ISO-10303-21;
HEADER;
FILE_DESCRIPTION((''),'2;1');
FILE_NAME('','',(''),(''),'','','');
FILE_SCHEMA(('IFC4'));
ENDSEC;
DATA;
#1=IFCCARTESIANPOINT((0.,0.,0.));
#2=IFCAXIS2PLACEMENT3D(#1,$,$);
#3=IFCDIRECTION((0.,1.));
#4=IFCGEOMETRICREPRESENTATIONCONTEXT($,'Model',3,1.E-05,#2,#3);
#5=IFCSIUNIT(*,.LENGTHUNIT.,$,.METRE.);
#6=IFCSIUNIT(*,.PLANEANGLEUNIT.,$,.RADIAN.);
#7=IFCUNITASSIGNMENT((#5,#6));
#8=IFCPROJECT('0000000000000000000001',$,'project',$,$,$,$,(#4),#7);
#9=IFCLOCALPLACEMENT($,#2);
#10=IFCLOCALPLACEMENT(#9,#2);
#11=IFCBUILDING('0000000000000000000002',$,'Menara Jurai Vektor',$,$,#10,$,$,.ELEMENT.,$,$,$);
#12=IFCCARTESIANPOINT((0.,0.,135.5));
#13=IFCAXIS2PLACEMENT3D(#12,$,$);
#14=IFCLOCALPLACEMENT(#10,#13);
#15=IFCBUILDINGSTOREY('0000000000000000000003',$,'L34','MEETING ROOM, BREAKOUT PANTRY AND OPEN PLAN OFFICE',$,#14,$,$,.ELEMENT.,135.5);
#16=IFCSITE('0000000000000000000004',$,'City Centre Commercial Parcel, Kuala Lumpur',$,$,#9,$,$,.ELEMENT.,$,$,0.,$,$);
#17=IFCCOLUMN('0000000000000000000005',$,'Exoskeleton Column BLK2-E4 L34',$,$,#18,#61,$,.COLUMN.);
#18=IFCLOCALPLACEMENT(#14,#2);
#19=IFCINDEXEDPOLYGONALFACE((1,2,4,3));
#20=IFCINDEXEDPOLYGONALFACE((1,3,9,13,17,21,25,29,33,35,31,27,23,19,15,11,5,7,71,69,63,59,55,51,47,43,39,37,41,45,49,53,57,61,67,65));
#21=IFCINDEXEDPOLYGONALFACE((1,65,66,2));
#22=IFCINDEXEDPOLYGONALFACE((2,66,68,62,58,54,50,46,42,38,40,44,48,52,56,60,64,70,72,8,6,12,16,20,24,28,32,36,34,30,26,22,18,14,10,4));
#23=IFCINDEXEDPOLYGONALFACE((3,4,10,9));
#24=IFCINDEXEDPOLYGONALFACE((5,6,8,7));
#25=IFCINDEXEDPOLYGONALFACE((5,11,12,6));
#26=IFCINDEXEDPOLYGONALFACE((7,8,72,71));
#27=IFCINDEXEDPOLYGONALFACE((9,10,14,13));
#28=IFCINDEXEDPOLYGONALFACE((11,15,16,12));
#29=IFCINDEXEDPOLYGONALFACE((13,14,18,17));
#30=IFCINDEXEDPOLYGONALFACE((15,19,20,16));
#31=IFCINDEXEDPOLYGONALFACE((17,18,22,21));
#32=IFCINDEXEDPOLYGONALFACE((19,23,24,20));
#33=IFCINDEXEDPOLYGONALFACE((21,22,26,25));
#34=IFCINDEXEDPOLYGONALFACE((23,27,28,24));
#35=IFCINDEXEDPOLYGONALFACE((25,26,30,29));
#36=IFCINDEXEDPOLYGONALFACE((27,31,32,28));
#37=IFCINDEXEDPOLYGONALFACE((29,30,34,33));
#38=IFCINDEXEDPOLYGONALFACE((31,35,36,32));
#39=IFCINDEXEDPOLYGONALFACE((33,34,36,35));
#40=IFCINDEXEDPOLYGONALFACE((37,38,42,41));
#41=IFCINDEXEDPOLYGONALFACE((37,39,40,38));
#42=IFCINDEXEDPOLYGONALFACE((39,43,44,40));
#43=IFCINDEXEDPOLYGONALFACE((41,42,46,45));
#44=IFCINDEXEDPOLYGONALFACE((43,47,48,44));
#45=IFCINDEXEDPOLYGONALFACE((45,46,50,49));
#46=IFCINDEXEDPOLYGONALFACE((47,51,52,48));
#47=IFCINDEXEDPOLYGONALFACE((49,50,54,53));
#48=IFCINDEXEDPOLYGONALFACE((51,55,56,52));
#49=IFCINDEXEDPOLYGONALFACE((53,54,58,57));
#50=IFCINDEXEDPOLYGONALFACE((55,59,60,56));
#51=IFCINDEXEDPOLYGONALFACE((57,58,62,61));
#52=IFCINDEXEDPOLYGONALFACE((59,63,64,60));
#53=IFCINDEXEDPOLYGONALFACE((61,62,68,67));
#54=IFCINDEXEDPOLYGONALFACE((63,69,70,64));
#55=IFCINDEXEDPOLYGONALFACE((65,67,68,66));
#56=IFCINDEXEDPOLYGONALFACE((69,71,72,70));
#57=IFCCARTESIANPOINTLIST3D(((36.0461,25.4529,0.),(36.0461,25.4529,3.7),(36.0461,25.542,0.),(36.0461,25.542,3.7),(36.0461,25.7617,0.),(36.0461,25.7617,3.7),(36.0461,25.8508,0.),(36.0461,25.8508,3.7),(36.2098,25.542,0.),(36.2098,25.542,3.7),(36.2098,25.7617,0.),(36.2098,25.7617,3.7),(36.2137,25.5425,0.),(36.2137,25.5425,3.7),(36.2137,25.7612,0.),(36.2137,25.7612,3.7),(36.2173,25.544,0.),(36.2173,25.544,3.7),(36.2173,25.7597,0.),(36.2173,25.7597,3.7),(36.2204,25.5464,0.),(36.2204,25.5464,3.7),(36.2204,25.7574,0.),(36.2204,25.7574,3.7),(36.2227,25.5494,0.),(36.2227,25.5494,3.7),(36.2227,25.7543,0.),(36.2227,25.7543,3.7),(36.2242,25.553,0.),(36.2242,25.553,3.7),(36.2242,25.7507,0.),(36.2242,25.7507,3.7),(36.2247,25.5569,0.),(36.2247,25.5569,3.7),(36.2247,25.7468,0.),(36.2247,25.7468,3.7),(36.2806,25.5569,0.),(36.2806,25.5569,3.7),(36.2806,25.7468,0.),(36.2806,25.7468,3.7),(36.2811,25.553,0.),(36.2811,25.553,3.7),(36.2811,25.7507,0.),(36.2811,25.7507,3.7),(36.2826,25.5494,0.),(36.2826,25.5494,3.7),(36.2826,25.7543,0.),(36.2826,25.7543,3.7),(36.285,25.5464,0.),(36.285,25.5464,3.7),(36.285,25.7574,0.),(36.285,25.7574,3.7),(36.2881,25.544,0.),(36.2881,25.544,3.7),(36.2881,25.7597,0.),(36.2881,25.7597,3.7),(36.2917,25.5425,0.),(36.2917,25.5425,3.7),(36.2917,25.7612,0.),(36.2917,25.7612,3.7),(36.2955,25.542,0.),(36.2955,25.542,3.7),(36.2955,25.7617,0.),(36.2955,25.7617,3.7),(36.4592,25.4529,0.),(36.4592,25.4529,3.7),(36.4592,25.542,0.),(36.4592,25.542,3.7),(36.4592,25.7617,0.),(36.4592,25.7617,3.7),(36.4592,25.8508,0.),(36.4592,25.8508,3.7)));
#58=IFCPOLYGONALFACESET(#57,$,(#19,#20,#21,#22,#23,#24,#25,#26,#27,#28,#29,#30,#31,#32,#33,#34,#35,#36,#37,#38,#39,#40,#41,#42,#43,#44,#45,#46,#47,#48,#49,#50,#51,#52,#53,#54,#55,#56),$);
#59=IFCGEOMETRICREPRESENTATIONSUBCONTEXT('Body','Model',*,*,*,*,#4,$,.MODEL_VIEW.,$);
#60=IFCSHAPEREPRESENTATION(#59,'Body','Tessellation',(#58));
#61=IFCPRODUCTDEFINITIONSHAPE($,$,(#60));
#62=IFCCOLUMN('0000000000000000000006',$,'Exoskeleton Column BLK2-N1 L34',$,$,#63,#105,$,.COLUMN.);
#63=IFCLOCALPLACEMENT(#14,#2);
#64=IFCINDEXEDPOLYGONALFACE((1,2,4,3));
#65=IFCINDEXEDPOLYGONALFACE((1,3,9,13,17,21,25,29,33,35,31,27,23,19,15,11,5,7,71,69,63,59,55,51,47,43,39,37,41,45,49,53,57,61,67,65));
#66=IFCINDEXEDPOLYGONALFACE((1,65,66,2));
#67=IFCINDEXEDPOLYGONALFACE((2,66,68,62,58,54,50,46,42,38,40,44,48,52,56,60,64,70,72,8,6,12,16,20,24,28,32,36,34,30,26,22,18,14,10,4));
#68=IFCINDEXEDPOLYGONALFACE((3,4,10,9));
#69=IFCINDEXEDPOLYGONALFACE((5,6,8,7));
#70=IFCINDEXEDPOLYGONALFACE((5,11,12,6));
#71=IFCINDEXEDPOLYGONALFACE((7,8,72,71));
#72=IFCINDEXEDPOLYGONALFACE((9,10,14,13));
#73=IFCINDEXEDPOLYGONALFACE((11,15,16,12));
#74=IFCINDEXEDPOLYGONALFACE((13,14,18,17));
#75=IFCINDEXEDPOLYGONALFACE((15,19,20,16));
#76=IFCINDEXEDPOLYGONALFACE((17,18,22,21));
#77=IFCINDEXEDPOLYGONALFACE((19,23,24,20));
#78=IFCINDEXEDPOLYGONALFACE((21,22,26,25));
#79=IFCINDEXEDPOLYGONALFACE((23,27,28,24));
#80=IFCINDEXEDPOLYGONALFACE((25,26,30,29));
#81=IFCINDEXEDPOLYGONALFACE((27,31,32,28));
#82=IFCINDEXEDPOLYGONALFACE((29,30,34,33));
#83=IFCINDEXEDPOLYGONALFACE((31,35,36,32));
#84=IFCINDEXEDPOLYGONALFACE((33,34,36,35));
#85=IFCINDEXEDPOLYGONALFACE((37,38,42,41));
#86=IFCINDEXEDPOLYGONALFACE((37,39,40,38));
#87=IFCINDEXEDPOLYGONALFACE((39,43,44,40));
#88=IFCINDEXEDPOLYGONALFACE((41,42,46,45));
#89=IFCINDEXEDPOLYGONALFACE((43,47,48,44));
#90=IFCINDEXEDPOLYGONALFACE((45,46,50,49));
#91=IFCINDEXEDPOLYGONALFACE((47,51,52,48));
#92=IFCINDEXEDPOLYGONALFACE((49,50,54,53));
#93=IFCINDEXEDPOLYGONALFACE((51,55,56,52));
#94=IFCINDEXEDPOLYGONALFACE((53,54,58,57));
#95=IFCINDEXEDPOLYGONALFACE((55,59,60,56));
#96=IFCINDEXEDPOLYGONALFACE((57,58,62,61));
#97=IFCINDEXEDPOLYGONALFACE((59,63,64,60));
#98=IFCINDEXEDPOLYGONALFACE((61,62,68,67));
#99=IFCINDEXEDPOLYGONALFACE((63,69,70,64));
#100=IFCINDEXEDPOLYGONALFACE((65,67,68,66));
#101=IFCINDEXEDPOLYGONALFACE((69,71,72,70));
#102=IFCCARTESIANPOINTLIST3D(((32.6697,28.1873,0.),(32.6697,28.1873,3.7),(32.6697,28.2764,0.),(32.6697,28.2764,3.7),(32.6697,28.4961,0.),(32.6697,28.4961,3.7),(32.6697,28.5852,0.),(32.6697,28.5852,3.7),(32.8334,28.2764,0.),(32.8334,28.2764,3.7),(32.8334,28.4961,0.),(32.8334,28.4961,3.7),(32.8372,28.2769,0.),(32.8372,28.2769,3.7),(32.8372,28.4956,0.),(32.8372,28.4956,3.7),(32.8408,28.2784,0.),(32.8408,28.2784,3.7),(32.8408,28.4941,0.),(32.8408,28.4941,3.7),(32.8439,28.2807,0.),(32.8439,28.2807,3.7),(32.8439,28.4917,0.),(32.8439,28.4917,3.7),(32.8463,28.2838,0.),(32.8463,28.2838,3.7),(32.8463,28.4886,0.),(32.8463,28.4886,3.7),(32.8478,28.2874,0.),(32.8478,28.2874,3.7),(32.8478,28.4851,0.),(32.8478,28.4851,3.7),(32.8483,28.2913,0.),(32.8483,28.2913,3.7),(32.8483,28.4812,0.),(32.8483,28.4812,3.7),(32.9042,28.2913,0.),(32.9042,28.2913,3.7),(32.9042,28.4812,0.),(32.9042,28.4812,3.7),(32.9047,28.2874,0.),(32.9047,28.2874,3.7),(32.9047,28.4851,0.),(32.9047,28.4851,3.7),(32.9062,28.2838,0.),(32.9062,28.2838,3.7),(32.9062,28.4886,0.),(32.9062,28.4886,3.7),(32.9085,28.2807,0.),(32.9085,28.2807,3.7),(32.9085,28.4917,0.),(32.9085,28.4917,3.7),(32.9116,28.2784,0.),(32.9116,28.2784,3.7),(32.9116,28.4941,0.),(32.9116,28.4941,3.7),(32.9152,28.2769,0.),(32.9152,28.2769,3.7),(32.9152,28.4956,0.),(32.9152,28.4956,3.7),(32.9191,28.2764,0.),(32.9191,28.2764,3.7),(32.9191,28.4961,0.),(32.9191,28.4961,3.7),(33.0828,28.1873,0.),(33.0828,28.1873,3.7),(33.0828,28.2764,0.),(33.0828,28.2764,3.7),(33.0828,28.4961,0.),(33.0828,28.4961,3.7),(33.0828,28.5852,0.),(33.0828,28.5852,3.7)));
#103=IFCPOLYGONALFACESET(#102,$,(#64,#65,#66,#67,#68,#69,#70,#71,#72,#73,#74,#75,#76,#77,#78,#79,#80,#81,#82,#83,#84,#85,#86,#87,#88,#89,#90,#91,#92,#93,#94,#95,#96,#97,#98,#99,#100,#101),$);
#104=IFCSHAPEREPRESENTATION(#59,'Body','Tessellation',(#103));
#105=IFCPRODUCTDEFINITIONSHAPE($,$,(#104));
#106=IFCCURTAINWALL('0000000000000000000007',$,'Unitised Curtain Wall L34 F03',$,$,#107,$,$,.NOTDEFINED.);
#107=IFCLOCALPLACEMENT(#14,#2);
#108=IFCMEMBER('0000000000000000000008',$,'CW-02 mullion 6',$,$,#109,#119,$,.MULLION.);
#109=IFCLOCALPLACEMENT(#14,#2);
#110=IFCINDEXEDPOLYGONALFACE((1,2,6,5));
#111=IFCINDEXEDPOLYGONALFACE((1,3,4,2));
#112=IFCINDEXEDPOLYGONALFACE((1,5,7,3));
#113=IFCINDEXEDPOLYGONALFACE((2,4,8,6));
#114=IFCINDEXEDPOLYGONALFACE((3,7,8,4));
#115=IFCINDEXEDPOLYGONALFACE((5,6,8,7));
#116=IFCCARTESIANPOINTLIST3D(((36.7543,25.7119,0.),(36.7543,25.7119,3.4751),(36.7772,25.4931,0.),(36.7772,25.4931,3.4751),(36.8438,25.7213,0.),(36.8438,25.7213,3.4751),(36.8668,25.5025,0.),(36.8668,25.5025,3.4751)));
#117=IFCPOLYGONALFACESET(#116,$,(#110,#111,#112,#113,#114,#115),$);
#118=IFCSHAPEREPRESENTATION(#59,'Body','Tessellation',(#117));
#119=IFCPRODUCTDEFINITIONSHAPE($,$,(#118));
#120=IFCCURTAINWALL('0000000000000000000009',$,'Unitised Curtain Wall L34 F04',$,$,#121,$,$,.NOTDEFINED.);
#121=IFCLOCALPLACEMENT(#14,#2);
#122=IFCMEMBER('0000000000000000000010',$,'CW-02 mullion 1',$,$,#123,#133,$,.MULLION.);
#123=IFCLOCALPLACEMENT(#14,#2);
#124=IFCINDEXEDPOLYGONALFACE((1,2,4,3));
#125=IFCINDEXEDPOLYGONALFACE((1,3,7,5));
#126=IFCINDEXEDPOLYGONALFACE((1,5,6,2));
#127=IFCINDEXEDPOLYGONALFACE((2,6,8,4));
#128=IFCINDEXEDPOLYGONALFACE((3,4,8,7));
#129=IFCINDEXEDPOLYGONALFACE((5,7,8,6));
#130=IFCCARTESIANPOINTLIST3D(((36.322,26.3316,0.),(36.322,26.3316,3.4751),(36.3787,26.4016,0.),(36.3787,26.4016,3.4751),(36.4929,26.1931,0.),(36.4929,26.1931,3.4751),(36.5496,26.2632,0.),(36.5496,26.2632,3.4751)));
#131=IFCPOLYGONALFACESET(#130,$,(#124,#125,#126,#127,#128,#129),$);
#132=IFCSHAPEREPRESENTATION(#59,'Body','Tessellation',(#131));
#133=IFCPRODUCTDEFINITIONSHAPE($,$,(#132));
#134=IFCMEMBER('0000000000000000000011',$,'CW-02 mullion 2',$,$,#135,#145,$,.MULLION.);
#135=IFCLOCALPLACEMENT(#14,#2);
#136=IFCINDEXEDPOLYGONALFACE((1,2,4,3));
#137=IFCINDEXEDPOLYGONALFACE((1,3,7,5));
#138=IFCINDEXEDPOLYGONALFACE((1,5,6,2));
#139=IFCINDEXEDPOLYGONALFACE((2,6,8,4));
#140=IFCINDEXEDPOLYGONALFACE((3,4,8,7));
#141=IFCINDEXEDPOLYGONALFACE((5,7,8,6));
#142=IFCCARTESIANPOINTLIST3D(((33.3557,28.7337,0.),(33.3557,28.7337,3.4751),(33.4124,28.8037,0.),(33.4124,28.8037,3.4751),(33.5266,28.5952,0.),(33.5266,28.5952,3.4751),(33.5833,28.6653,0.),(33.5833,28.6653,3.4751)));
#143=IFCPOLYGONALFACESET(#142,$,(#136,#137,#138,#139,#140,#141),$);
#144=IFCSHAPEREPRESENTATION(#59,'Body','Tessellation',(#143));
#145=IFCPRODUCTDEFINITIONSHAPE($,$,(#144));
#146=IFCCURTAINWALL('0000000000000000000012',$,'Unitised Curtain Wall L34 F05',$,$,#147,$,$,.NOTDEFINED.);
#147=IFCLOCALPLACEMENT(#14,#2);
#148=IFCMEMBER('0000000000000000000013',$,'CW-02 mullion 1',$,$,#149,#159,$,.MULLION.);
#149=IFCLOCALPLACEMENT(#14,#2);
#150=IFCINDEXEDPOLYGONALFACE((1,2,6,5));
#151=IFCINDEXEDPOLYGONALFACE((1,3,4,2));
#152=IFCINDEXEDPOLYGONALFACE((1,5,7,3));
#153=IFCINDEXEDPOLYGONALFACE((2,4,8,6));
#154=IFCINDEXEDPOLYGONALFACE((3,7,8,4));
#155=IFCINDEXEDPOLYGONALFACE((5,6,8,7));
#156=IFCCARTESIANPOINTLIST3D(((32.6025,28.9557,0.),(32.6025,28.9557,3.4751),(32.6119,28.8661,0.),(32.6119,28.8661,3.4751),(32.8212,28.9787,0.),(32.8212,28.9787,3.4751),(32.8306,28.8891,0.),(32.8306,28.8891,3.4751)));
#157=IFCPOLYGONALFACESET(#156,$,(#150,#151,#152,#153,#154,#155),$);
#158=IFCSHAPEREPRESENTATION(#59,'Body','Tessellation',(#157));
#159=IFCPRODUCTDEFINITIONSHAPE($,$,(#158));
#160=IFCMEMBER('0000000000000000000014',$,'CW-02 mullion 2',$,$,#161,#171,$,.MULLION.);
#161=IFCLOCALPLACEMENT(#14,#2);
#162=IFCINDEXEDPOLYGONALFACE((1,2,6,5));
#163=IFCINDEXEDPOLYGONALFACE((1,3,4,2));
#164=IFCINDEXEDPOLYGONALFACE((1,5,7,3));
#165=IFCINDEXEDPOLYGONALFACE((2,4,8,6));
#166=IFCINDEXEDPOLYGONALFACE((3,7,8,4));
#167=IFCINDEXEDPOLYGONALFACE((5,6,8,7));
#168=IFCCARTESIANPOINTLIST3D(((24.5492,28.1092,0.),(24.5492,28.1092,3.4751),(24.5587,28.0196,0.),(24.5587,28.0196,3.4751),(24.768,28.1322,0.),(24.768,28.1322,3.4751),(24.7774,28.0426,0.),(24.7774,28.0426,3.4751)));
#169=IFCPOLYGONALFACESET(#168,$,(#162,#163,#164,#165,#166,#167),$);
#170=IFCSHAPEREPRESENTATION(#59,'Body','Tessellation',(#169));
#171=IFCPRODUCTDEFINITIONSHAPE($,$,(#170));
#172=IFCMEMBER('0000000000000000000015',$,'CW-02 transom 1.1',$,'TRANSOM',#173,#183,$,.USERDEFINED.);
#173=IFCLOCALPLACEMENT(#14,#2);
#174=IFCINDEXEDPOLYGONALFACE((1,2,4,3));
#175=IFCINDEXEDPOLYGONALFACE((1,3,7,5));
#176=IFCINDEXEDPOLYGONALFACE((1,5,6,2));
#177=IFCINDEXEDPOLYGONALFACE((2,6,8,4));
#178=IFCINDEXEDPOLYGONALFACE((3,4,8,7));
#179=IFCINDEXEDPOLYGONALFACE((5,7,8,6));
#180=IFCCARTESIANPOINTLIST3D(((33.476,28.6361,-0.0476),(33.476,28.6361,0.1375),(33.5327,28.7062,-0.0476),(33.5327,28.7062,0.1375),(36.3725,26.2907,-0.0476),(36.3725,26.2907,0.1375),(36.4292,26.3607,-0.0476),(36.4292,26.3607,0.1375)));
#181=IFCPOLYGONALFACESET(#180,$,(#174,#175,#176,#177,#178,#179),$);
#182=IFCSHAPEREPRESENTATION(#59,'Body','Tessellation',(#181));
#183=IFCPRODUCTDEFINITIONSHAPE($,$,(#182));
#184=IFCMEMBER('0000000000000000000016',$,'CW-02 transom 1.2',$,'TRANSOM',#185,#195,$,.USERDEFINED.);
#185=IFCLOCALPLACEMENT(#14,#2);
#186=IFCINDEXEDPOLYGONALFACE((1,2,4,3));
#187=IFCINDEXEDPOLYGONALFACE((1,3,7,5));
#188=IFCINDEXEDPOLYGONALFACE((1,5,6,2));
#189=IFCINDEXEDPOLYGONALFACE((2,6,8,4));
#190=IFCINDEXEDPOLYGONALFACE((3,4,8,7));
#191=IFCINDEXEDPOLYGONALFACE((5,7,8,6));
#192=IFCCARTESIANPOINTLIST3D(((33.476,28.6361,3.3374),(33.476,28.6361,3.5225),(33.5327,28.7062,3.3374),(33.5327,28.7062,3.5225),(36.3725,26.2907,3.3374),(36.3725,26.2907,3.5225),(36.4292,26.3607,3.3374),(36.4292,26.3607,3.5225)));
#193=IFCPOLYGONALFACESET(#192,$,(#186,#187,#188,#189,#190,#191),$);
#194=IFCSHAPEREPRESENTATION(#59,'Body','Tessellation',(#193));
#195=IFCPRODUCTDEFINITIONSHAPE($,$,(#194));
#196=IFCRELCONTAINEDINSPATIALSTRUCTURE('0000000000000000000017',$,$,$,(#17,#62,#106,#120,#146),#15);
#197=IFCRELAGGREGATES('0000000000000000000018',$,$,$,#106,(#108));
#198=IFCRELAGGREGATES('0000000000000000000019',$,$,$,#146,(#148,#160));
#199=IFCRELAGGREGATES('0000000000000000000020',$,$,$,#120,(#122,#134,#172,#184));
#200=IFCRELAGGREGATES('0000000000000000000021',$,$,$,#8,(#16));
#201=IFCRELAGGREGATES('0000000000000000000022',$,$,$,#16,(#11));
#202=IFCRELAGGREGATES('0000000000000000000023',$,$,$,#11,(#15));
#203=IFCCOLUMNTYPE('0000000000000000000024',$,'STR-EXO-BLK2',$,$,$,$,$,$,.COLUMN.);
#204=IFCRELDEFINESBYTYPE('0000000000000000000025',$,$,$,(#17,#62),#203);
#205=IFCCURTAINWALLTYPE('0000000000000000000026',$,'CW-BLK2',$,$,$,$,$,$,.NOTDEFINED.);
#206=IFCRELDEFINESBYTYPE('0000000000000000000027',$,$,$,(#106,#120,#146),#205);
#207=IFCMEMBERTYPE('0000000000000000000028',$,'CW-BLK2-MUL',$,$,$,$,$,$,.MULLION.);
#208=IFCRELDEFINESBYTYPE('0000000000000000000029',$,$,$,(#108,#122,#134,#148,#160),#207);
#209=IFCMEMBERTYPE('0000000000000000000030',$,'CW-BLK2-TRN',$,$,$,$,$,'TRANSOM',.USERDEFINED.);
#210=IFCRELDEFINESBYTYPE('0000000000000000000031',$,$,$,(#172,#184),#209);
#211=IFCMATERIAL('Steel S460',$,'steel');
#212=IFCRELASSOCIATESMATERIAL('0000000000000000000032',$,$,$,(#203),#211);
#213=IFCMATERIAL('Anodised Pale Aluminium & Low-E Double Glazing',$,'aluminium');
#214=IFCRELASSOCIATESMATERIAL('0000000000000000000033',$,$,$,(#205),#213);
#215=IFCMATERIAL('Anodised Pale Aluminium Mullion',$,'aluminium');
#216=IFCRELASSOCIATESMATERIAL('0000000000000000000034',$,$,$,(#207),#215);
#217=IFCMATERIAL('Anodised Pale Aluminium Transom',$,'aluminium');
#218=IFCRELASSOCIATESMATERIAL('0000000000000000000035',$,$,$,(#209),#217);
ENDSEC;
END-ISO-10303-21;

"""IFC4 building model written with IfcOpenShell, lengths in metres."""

from ifc_helpers import new_model, si_unit, direction, frame, origin, origin_2d, place, context, subcontext, project, spatial, rectangle, i_section, extrude, material, material_profile, profile_set, type_object, element, aggregate, save


model = new_model("IFC4")

# Units and contexts
model_context = context("Model", 3, precision=1e-05, world=origin(), true_north=direction((0.0, 1.0)))
body_context = subcontext(model_context, "Body", "Model", "MODEL_VIEW")
ifc_project = project(units=[si_unit("LENGTHUNIT", "METRE"), si_unit("PLANEANGLEUNIT", "RADIAN")], contexts=[model_context])

# Site, building, storey
site_placement = place(None, origin())
site = spatial("IfcSite", under=ifc_project, at=site_placement, Name="City Centre Commercial Parcel, Kuala Lumpur", CompositionType="ELEMENT", RefElevation=0.0)
building_placement = place(site_placement, origin())
building = spatial("IfcBuilding", under=site, at=building_placement, Name="Menara Jurai Vektor", CompositionType="ELEMENT")
storey_placement = place(building_placement, frame((0.0, 0.0, 135.5)))
storey = spatial("IfcBuildingStorey", under=building, at=storey_placement, Name="L34", Description="MEETING ROOM, BREAKOUT PANTRY AND OPEN PLAN OFFICE", CompositionType="ELEMENT", Elevation=135.5)

# Columns
ifc_material_1 = material(Name="Steel S460", Category="steel")
ifc_material_profile_1 = material_profile(ifc_material_1, i_section(OverallWidth=0.4131, OverallDepth=0.3979, WebThickness=0.0559, FlangeThickness=0.0891, FilletRadius=0.0149, at=origin_2d()), Name="HD 400x744")
ifc_profile_set_1 = profile_set([ifc_material_profile_1], Name="Steel S460")
column_type = type_object("IfcColumnType", Name="STR-EXO-BLK2", PredefinedType="COLUMN", material=ifc_profile_set_1)
for number, where, z_axis, x_axis, name in (
    (1, (36.2527, 25.6519, 0.0), (0.0, 0.0, 1.0), (1.0, 0.0, 0.0), "Exoskeleton Column BLK2-E4 L34"),
    (2, (32.8762, 28.3862, 0.0), (0.0, 0.0, 1.0), (1.0, 0.0, 0.0), "Exoskeleton Column BLK2-N1 L34"),
):
    element("IfcColumn", number, at=place(storey_placement, frame(where, z_axis=z_axis, x_axis=x_axis)), inside=storey, type_object=column_type, Name=name, PredefinedType="COLUMN", context=body_context, shape_type="SweptSolid", body=[
        extrude(i_section(OverallWidth=0.4131, OverallDepth=0.3979, WebThickness=0.0559, FlangeThickness=0.0891, FilletRadius=0.0149, at=origin_2d()), origin(), (0.0, 0.0, 1.0), 3.7),
    ])

# Curtain wall, member
ifc_material_2 = material(Name="Anodised Pale Aluminium & Low-E Double Glazing", Category="aluminium")
curtain_wall_type = type_object("IfcCurtainWallType", Name="CW-BLK2", PredefinedType="NOTDEFINED", material=ifc_material_2)
curtain_wall_1_placement = place(storey_placement, origin())
curtain_wall_1 = element("IfcCurtainWall", 3, at=curtain_wall_1_placement, inside=storey, type_object=curtain_wall_type, Name="Unitised Curtain Wall L34 F03", PredefinedType="NOTDEFINED")
ifc_material_3 = material(Name="Anodised Pale Aluminium Mullion", Category="aluminium")
ifc_material_profile_2 = material_profile(ifc_material_3, rectangle(XDim=0.0901, YDim=0.22, at=origin_2d()), Name="ALU MUL 90x220")
ifc_profile_set_2 = profile_set([ifc_material_profile_2], Name="Anodised Pale Aluminium Mullion")
member_type_1 = type_object("IfcMemberType", Name="CW-BLK2-MUL", PredefinedType="MULLION", material=ifc_profile_set_2)
member_1_placement = place(storey_placement, frame((36.8105, 25.6072, 0.0), z_axis=(0.0, 0.0, 1.0), x_axis=(-0.994522, -0.10453, 0.0)))
member_1 = element("IfcMember", 4, at=member_1_placement, type_object=member_type_1, Name="CW-02 mullion 6", PredefinedType="MULLION", context=body_context, shape_type="SweptSolid", body=[
    extrude(rectangle(XDim=0.0901, YDim=0.22, at=origin_2d()), origin(), (0.0, 0.0, 1.0), 3.4751),
])
aggregate(curtain_wall_1, [member_1])

# Curtain walls, members
curtain_wall_2_placement = place(storey_placement, origin())
curtain_wall_2 = element("IfcCurtainWall", 5, at=curtain_wall_2_placement, inside=storey, type_object=curtain_wall_type, Name="Unitised Curtain Wall L34 F04", PredefinedType="NOTDEFINED")
member_2_placement = place(storey_placement, frame((36.4358, 26.2974, 0.0), z_axis=(0.0, 0.0, 1.0), x_axis=(-0.629313, -0.777152, 0.0)))
member_2 = element("IfcMember", 6, at=member_2_placement, type_object=member_type_1, Name="CW-02 mullion 1", PredefinedType="MULLION", context=body_context, shape_type="SweptSolid", body=[
    extrude(rectangle(XDim=0.0901, YDim=0.22, at=origin_2d()), origin(), (0.0, 0.0, 1.0), 3.4751),
])
member_3_placement = place(storey_placement, frame((33.4695, 28.6995, 0.0), z_axis=(0.0, 0.0, 1.0), x_axis=(-0.629313, -0.777152, 0.0)))
member_3 = element("IfcMember", 7, at=member_3_placement, type_object=member_type_1, Name="CW-02 mullion 2", PredefinedType="MULLION", context=body_context, shape_type="SweptSolid", body=[
    extrude(rectangle(XDim=0.0901, YDim=0.22, at=origin_2d()), origin(), (0.0, 0.0, 1.0), 3.4751),
])
curtain_wall_3_placement = place(storey_placement, origin())
curtain_wall_3 = element("IfcCurtainWall", 8, at=curtain_wall_3_placement, inside=storey, type_object=curtain_wall_type, Name="Unitised Curtain Wall L34 F05", PredefinedType="NOTDEFINED")
member_4_placement = place(storey_placement, frame((32.7166, 28.9224, 0.0), z_axis=(0.0, 0.0, 1.0), x_axis=(0.104529, -0.994522, 0.0)))
member_4 = element("IfcMember", 9, at=member_4_placement, type_object=member_type_1, Name="CW-02 mullion 1", PredefinedType="MULLION", context=body_context, shape_type="SweptSolid", body=[
    extrude(rectangle(XDim=0.0901, YDim=0.22, at=origin_2d()), origin(), (0.0, 0.0, 1.0), 3.4751),
])
member_5_placement = place(storey_placement, frame((24.6633, 28.0759, 0.0), z_axis=(0.0, 0.0, 1.0), x_axis=(0.104529, -0.994522, 0.0)))
member_5 = element("IfcMember", 10, at=member_5_placement, type_object=member_type_1, Name="CW-02 mullion 2", PredefinedType="MULLION", context=body_context, shape_type="SweptSolid", body=[
    extrude(rectangle(XDim=0.0901, YDim=0.22, at=origin_2d()), origin(), (0.0, 0.0, 1.0), 3.4751),
])

# Members
ifc_material_4 = material(Name="Anodised Pale Aluminium Transom", Category="aluminium")
ifc_material_profile_3 = material_profile(ifc_material_4, rectangle(XDim=0.0901, YDim=0.1851, at=origin_2d()), Name="ALU TRN 90x185")
ifc_profile_set_3 = profile_set([ifc_material_profile_3], Name="Anodised Pale Aluminium Transom")
member_type_2 = type_object("IfcMemberType", Name="CW-BLK2-TRN", ElementType="TRANSOM", PredefinedType="USERDEFINED", material=ifc_profile_set_3)
member_6_placement = place(storey_placement, frame((36.4009, 26.3257, 0.0449), z_axis=(-0.777155, 0.629309, 0.0), x_axis=(-0.629309, -0.777155, 0.0)))
member_6 = element("IfcMember", 11, at=member_6_placement, type_object=member_type_2, Name="CW-02 transom 1.1", ObjectType="TRANSOM", PredefinedType="USERDEFINED", context=body_context, shape_type="SweptSolid", body=[
    extrude(rectangle(XDim=0.0901, YDim=0.1851, at=origin_2d()), origin(), (0.0, 0.0, 1.0), 3.7271),
])
member_7_placement = place(storey_placement, frame((36.4009, 26.3257, 3.4299), z_axis=(-0.777155, 0.629309, 0.0), x_axis=(-0.629309, -0.777155, 0.0)))
member_7 = element("IfcMember", 12, at=member_7_placement, type_object=member_type_2, Name="CW-02 transom 1.2", ObjectType="TRANSOM", PredefinedType="USERDEFINED", context=body_context, shape_type="SweptSolid", body=[
    extrude(rectangle(XDim=0.0901, YDim=0.1851, at=origin_2d()), origin(), (0.0, 0.0, 1.0), 3.7271),
])

aggregate(curtain_wall_3, [member_4, member_5])
aggregate(curtain_wall_2, [member_2, member_3, member_6, member_7])

save(model, "model.ifc")
